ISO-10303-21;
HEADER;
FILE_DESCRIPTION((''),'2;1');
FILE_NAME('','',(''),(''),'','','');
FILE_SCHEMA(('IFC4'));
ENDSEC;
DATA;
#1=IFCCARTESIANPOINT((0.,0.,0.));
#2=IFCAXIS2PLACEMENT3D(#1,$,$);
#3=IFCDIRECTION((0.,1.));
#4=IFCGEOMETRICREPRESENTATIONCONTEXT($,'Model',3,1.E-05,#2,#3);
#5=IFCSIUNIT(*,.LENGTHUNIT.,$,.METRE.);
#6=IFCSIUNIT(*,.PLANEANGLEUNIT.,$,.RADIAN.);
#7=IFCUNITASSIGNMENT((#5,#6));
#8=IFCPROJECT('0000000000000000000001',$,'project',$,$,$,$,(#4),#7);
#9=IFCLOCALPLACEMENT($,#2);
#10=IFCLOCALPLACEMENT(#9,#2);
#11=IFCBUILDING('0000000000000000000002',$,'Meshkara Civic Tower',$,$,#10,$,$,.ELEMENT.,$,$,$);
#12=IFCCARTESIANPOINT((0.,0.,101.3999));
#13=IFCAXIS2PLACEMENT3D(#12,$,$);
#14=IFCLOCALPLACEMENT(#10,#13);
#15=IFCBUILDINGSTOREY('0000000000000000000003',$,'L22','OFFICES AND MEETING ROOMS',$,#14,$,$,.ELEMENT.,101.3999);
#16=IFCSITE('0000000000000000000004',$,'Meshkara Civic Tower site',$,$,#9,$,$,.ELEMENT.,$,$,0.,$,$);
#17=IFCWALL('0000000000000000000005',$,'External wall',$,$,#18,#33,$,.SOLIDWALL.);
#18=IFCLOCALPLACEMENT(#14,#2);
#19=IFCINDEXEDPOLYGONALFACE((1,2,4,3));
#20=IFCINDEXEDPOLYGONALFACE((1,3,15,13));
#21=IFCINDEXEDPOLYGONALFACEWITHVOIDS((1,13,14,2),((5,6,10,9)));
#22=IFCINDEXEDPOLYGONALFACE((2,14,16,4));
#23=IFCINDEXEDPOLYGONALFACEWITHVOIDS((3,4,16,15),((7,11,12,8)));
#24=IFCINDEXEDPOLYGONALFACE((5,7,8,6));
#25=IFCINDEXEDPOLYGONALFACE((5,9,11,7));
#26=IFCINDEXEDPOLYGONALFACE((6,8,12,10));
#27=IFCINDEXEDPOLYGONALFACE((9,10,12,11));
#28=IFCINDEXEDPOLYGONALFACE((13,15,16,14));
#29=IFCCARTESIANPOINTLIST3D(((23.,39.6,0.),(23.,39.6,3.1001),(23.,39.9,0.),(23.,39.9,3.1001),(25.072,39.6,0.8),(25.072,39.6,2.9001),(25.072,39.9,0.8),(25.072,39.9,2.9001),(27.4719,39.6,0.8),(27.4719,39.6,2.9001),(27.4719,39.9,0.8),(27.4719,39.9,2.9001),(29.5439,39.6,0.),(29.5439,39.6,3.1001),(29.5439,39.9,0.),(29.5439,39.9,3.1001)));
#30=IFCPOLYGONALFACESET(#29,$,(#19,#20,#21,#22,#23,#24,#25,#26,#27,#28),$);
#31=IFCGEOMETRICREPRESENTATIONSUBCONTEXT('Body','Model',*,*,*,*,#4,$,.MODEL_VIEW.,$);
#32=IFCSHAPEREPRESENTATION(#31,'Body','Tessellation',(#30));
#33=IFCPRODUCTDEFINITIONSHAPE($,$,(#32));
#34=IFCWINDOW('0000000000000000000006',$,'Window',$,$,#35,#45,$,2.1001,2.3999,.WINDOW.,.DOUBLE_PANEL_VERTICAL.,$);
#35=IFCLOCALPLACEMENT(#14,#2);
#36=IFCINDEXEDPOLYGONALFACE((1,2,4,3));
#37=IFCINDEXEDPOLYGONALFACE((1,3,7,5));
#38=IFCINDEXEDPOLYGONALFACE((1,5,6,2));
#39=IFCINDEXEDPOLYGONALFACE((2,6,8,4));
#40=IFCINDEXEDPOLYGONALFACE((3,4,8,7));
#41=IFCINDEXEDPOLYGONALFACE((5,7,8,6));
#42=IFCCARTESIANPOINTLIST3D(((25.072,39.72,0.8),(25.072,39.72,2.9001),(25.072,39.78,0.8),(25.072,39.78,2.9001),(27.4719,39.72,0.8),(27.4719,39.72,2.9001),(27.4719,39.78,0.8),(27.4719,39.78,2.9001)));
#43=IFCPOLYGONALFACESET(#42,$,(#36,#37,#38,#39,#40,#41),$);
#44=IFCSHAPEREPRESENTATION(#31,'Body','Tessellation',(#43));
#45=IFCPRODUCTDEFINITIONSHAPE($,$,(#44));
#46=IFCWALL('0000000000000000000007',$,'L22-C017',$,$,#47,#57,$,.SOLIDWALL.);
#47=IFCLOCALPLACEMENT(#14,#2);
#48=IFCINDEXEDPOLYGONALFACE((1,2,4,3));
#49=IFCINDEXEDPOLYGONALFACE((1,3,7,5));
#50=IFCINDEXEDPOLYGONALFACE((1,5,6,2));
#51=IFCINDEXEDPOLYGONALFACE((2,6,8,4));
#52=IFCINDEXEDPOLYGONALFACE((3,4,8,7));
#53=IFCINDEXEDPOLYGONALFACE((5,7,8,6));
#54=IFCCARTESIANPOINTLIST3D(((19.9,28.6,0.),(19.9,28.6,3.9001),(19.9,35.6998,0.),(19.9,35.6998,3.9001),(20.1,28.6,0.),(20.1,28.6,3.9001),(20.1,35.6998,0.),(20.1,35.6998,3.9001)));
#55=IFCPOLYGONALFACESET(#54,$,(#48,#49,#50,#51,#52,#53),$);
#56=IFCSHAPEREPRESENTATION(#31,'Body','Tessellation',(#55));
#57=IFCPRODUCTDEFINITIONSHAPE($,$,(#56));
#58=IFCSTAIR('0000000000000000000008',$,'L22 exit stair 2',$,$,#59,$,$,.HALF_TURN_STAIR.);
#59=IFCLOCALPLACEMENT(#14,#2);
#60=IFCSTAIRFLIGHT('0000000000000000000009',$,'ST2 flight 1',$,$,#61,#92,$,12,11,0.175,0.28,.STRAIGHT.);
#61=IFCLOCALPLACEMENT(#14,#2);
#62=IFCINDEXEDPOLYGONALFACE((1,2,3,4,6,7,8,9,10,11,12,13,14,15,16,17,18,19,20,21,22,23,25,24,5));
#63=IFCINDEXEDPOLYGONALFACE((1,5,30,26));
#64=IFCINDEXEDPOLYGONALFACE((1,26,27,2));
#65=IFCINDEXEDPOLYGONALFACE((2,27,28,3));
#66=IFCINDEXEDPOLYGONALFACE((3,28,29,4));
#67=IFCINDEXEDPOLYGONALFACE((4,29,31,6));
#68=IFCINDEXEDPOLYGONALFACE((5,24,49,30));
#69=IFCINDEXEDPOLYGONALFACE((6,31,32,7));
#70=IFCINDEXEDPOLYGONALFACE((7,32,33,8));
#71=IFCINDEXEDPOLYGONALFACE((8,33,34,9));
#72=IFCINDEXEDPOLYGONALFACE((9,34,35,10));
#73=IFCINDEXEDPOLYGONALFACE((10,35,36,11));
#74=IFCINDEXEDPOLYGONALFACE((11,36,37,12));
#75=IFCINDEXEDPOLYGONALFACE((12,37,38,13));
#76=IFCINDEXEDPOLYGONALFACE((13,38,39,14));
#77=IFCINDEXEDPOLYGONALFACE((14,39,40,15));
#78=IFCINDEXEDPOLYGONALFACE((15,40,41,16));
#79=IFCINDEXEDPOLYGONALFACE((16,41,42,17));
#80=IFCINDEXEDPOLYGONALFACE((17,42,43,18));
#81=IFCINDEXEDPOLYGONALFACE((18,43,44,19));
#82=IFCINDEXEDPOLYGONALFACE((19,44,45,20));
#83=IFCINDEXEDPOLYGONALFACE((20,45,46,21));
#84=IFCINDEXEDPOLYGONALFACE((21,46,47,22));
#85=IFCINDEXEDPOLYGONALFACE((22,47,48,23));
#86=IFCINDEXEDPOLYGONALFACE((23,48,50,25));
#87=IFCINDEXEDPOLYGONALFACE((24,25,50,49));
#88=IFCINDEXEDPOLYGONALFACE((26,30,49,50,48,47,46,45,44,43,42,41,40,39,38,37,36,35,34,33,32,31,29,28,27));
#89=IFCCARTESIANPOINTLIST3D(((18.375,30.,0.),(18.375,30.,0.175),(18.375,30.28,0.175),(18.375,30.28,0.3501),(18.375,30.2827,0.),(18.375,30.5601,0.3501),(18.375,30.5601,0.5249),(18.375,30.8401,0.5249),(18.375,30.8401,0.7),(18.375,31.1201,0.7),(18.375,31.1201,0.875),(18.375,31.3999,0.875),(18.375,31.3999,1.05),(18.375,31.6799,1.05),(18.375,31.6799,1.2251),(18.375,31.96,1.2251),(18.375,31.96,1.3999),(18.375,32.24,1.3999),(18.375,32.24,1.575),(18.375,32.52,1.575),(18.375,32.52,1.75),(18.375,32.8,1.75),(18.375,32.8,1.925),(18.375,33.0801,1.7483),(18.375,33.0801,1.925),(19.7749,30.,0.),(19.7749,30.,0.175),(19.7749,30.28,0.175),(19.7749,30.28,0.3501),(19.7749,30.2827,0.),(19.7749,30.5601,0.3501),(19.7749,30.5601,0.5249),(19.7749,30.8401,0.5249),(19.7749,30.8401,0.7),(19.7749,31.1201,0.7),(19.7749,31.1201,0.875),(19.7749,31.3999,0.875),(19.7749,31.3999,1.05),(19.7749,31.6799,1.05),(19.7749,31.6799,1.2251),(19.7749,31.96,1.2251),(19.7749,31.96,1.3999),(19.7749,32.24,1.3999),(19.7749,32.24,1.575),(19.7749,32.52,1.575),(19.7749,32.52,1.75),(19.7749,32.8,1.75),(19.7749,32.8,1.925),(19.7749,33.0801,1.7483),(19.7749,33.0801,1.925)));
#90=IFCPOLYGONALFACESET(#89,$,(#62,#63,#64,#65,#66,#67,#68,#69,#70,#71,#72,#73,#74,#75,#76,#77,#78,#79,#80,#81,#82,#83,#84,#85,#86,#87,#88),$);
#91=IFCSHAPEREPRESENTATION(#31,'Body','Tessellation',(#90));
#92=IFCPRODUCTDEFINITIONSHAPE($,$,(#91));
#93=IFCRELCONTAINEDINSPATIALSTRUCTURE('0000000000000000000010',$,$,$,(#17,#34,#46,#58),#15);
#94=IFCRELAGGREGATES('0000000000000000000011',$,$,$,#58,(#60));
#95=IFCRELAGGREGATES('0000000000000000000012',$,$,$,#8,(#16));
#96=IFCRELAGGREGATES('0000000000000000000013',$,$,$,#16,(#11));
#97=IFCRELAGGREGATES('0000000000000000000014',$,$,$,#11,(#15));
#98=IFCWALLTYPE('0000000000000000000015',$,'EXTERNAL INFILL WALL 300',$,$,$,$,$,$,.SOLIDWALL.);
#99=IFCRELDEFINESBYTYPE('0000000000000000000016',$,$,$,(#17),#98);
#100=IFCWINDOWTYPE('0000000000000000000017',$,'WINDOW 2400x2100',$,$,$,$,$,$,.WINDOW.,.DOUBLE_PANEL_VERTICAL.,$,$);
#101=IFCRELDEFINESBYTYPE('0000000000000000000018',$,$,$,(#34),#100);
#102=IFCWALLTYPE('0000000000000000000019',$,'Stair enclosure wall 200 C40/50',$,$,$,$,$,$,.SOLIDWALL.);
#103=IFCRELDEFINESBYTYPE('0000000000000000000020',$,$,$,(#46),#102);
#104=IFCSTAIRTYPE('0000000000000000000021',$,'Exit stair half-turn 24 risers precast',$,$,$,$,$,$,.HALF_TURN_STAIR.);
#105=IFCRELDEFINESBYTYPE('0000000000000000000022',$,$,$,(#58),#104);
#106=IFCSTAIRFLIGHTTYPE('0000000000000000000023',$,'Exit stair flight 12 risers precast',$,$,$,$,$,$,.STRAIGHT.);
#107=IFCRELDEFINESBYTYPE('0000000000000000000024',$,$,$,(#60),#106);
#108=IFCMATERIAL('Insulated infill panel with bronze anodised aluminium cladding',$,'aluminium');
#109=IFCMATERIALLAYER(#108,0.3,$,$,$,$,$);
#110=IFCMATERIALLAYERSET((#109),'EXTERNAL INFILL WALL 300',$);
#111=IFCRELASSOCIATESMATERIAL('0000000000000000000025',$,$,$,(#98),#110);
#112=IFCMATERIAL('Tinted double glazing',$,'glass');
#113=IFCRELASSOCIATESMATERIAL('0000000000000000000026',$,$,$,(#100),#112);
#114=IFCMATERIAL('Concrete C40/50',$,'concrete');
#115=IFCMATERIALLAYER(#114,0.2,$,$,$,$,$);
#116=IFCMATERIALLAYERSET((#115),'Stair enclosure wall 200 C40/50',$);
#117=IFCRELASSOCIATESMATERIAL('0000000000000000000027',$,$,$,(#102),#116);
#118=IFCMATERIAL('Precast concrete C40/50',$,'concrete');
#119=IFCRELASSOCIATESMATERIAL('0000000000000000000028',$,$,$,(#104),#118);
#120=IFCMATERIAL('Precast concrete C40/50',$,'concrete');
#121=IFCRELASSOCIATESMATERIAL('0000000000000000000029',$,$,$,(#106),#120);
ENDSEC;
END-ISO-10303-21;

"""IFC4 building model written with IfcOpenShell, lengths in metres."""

from ifc_helpers import new_model, si_unit, direction, frame, frame_2d, origin, place, context, subcontext, project, spatial, polyline, rectangle, outline, extrude, material, layer, layer_set, type_object, element, fill, aggregate, save


model = new_model("IFC4")

# Units and contexts
model_context = context("Model", 3, precision=1e-05, world=origin(), true_north=direction((0.0, 1.0)))
body_context = subcontext(model_context, "Body", "Model", "MODEL_VIEW")
ifc_project = project(units=[si_unit("LENGTHUNIT", "METRE"), si_unit("PLANEANGLEUNIT", "RADIAN")], contexts=[model_context])

# Site, building, storey
site_placement = place(None, origin())
site = spatial("IfcSite", under=ifc_project, at=site_placement, Name="Meshkara Civic Tower site", CompositionType="ELEMENT", RefElevation=0.0)
building_placement = place(site_placement, origin())
building = spatial("IfcBuilding", under=site, at=building_placement, Name="Meshkara Civic Tower", CompositionType="ELEMENT")
storey_placement = place(building_placement, frame((0.0, 0.0, 101.3999)))
storey = spatial("IfcBuildingStorey", under=building, at=storey_placement, Name="L22", Description="OFFICES AND MEETING ROOMS", CompositionType="ELEMENT", Elevation=101.3999)

# Wall, opening, window
ifc_material_1 = material(Name="Insulated infill panel with bronze anodised aluminium cladding", Category="aluminium")
ifc_layer_1 = layer(ifc_material_1, 0.3)
ifc_layer_set_1 = layer_set([ifc_layer_1], Name="EXTERNAL INFILL WALL 300")
wall_type_1 = type_object("IfcWallType", Name="EXTERNAL INFILL WALL 300", PredefinedType="SOLIDWALL", material=ifc_layer_set_1)
ifc_material_2 = material(Name="Tinted double glazing", Category="glass")
window_type_1 = type_object("IfcWindowType", Name="WINDOW 2400x2100", PartitioningType="DOUBLE_PANEL_VERTICAL", PredefinedType="WINDOW", material=ifc_material_2)
wall_1_placement = place(storey_placement, frame((29.5439, 39.75, 0.0), z_axis=(0.0, 0.0, 1.0), x_axis=(-1.0, 0.0, 0.0)))
wall_1 = element("IfcWall", 1, at=wall_1_placement, inside=storey, type_object=wall_type_1, Name="External wall", PredefinedType="SOLIDWALL", context=body_context, shape_type="SweptSolid", body=[
    extrude(rectangle(XDim=6.5439, YDim=0.3, at=frame_2d((3.272, 0.0))), origin(), (0.0, 0.0, 1.0), 3.1001),
])
opening_1_placement = place(wall_1_placement, frame((2.072, 0.0, 0.8)))
opening_1 = element("IfcOpeningElement", 2, at=opening_1_placement, cuts=wall_1, PredefinedType="OPENING", context=body_context, shape_type="SweptSolid", body=[
    extrude(rectangle(XDim=2.3999, YDim=2.1001, at=frame_2d((1.2, 1.05))), frame((0.0, 0.1599, 0.0), z_axis=(0.0, -1.0, 0.0), x_axis=(1.0, 0.0, 0.0)), (0.0, 0.0, 1.0), 0.3201),
])
window_1_placement = place(opening_1_placement, origin())
window_1 = element("IfcWindow", 3, at=window_1_placement, inside=storey, type_object=window_type_1, Name="Window", OverallHeight=2.1001, OverallWidth=2.3999, PartitioningType="DOUBLE_PANEL_VERTICAL", PredefinedType="WINDOW", context=body_context, shape_type="SweptSolid", body=[
    extrude(rectangle(XDim=2.3999, YDim=2.1001, at=frame_2d((1.2, 1.05))), frame((0.0, 0.03, 0.0), z_axis=(0.0, -1.0, 0.0), x_axis=(1.0, 0.0, 0.0)), (0.0, 0.0, 1.0), 0.0601),
])
fill(opening_1, window_1)

# Wall
ifc_material_3 = material(Name="Concrete C40/50", Category="concrete")
ifc_layer_2 = layer(ifc_material_3, 0.2)
ifc_layer_set_2 = layer_set([ifc_layer_2], Name="Stair enclosure wall 200 C40/50")
wall_type_2 = type_object("IfcWallType", Name="Stair enclosure wall 200 C40/50", PredefinedType="SOLIDWALL", material=ifc_layer_set_2)
wall_2_placement = place(storey_placement, frame((20.0, 28.6001, 0.0), z_axis=(0.0, 0.0, 1.0), x_axis=(0.0, 1.0, 0.0)))
element("IfcWall", 4, at=wall_2_placement, inside=storey, type_object=wall_type_2, Name="L22-C017", PredefinedType="SOLIDWALL", context=body_context, shape_type="SweptSolid", body=[
    extrude(rectangle(XDim=7.0999, YDim=0.2, at=frame_2d((3.5498, 0.0))), origin(), (0.0, 0.0, 1.0), 3.9001),
])

# Stair, stair flight
ifc_material_4 = material(Name="Precast concrete C40/50", Category="concrete")
stair_type = type_object("IfcStairType", Name="Exit stair half-turn 24 risers precast", PredefinedType="HALF_TURN_STAIR", material=ifc_material_4)
stair_placement = place(storey_placement, origin())
stair = element("IfcStair", 5, at=stair_placement, inside=storey, type_object=stair_type, Name="L22 exit stair 2", PredefinedType="HALF_TURN_STAIR")
ifc_material_5 = material(Name="Precast concrete C40/50", Category="concrete")
stair_flight_type = type_object("IfcStairFlightType", Name="Exit stair flight 12 risers precast", PredefinedType="STRAIGHT", material=ifc_material_5)
stair_flight_placement = place(storey_placement, frame((19.075, 30.0, 0.0), z_axis=(0.0, 0.0, 1.0), x_axis=(0.0, 1.0, 0.0)))
stair_flight = element("IfcStairFlight", 6, at=stair_flight_placement, type_object=stair_flight_type, Name="ST2 flight 1", NumberOfRisers=12, NumberOfTreads=11, PredefinedType="STRAIGHT", RiserHeight=0.175, TreadLength=0.28, context=body_context, shape_type="SweptSolid", body=[
    extrude(outline(polyline([(0.0, 0.0), (0.0, 0.175), (0.28, 0.175), (0.28, 0.3501), (0.5601, 0.3501), (0.5601, 0.5249), (0.8401, 0.5249), (0.8401, 0.7), (1.1201, 0.7), (1.1201, 0.875), (1.3999, 0.875), (1.3999, 1.05), (1.6799, 1.05), (1.6799, 1.2251), (1.96, 1.2251), (1.96, 1.3999), (2.24, 1.3999), (2.24, 1.575), (2.52, 1.575), (2.52, 1.75), (2.8, 1.75), (2.8, 1.925), (3.0801, 1.925), (3.0801, 2.1001), (3.0801, 1.7483), (0.2827, 0.0), (0.0, 0.0)])), frame((0.0, 0.7, 0.0), z_axis=(0.0, -1.0, 0.0), x_axis=(1.0, 0.0, 0.0)), (0.0, 0.0, 1.0), 1.3999),
])
aggregate(stair, [stair_flight])

save(model, "model.ifc")
